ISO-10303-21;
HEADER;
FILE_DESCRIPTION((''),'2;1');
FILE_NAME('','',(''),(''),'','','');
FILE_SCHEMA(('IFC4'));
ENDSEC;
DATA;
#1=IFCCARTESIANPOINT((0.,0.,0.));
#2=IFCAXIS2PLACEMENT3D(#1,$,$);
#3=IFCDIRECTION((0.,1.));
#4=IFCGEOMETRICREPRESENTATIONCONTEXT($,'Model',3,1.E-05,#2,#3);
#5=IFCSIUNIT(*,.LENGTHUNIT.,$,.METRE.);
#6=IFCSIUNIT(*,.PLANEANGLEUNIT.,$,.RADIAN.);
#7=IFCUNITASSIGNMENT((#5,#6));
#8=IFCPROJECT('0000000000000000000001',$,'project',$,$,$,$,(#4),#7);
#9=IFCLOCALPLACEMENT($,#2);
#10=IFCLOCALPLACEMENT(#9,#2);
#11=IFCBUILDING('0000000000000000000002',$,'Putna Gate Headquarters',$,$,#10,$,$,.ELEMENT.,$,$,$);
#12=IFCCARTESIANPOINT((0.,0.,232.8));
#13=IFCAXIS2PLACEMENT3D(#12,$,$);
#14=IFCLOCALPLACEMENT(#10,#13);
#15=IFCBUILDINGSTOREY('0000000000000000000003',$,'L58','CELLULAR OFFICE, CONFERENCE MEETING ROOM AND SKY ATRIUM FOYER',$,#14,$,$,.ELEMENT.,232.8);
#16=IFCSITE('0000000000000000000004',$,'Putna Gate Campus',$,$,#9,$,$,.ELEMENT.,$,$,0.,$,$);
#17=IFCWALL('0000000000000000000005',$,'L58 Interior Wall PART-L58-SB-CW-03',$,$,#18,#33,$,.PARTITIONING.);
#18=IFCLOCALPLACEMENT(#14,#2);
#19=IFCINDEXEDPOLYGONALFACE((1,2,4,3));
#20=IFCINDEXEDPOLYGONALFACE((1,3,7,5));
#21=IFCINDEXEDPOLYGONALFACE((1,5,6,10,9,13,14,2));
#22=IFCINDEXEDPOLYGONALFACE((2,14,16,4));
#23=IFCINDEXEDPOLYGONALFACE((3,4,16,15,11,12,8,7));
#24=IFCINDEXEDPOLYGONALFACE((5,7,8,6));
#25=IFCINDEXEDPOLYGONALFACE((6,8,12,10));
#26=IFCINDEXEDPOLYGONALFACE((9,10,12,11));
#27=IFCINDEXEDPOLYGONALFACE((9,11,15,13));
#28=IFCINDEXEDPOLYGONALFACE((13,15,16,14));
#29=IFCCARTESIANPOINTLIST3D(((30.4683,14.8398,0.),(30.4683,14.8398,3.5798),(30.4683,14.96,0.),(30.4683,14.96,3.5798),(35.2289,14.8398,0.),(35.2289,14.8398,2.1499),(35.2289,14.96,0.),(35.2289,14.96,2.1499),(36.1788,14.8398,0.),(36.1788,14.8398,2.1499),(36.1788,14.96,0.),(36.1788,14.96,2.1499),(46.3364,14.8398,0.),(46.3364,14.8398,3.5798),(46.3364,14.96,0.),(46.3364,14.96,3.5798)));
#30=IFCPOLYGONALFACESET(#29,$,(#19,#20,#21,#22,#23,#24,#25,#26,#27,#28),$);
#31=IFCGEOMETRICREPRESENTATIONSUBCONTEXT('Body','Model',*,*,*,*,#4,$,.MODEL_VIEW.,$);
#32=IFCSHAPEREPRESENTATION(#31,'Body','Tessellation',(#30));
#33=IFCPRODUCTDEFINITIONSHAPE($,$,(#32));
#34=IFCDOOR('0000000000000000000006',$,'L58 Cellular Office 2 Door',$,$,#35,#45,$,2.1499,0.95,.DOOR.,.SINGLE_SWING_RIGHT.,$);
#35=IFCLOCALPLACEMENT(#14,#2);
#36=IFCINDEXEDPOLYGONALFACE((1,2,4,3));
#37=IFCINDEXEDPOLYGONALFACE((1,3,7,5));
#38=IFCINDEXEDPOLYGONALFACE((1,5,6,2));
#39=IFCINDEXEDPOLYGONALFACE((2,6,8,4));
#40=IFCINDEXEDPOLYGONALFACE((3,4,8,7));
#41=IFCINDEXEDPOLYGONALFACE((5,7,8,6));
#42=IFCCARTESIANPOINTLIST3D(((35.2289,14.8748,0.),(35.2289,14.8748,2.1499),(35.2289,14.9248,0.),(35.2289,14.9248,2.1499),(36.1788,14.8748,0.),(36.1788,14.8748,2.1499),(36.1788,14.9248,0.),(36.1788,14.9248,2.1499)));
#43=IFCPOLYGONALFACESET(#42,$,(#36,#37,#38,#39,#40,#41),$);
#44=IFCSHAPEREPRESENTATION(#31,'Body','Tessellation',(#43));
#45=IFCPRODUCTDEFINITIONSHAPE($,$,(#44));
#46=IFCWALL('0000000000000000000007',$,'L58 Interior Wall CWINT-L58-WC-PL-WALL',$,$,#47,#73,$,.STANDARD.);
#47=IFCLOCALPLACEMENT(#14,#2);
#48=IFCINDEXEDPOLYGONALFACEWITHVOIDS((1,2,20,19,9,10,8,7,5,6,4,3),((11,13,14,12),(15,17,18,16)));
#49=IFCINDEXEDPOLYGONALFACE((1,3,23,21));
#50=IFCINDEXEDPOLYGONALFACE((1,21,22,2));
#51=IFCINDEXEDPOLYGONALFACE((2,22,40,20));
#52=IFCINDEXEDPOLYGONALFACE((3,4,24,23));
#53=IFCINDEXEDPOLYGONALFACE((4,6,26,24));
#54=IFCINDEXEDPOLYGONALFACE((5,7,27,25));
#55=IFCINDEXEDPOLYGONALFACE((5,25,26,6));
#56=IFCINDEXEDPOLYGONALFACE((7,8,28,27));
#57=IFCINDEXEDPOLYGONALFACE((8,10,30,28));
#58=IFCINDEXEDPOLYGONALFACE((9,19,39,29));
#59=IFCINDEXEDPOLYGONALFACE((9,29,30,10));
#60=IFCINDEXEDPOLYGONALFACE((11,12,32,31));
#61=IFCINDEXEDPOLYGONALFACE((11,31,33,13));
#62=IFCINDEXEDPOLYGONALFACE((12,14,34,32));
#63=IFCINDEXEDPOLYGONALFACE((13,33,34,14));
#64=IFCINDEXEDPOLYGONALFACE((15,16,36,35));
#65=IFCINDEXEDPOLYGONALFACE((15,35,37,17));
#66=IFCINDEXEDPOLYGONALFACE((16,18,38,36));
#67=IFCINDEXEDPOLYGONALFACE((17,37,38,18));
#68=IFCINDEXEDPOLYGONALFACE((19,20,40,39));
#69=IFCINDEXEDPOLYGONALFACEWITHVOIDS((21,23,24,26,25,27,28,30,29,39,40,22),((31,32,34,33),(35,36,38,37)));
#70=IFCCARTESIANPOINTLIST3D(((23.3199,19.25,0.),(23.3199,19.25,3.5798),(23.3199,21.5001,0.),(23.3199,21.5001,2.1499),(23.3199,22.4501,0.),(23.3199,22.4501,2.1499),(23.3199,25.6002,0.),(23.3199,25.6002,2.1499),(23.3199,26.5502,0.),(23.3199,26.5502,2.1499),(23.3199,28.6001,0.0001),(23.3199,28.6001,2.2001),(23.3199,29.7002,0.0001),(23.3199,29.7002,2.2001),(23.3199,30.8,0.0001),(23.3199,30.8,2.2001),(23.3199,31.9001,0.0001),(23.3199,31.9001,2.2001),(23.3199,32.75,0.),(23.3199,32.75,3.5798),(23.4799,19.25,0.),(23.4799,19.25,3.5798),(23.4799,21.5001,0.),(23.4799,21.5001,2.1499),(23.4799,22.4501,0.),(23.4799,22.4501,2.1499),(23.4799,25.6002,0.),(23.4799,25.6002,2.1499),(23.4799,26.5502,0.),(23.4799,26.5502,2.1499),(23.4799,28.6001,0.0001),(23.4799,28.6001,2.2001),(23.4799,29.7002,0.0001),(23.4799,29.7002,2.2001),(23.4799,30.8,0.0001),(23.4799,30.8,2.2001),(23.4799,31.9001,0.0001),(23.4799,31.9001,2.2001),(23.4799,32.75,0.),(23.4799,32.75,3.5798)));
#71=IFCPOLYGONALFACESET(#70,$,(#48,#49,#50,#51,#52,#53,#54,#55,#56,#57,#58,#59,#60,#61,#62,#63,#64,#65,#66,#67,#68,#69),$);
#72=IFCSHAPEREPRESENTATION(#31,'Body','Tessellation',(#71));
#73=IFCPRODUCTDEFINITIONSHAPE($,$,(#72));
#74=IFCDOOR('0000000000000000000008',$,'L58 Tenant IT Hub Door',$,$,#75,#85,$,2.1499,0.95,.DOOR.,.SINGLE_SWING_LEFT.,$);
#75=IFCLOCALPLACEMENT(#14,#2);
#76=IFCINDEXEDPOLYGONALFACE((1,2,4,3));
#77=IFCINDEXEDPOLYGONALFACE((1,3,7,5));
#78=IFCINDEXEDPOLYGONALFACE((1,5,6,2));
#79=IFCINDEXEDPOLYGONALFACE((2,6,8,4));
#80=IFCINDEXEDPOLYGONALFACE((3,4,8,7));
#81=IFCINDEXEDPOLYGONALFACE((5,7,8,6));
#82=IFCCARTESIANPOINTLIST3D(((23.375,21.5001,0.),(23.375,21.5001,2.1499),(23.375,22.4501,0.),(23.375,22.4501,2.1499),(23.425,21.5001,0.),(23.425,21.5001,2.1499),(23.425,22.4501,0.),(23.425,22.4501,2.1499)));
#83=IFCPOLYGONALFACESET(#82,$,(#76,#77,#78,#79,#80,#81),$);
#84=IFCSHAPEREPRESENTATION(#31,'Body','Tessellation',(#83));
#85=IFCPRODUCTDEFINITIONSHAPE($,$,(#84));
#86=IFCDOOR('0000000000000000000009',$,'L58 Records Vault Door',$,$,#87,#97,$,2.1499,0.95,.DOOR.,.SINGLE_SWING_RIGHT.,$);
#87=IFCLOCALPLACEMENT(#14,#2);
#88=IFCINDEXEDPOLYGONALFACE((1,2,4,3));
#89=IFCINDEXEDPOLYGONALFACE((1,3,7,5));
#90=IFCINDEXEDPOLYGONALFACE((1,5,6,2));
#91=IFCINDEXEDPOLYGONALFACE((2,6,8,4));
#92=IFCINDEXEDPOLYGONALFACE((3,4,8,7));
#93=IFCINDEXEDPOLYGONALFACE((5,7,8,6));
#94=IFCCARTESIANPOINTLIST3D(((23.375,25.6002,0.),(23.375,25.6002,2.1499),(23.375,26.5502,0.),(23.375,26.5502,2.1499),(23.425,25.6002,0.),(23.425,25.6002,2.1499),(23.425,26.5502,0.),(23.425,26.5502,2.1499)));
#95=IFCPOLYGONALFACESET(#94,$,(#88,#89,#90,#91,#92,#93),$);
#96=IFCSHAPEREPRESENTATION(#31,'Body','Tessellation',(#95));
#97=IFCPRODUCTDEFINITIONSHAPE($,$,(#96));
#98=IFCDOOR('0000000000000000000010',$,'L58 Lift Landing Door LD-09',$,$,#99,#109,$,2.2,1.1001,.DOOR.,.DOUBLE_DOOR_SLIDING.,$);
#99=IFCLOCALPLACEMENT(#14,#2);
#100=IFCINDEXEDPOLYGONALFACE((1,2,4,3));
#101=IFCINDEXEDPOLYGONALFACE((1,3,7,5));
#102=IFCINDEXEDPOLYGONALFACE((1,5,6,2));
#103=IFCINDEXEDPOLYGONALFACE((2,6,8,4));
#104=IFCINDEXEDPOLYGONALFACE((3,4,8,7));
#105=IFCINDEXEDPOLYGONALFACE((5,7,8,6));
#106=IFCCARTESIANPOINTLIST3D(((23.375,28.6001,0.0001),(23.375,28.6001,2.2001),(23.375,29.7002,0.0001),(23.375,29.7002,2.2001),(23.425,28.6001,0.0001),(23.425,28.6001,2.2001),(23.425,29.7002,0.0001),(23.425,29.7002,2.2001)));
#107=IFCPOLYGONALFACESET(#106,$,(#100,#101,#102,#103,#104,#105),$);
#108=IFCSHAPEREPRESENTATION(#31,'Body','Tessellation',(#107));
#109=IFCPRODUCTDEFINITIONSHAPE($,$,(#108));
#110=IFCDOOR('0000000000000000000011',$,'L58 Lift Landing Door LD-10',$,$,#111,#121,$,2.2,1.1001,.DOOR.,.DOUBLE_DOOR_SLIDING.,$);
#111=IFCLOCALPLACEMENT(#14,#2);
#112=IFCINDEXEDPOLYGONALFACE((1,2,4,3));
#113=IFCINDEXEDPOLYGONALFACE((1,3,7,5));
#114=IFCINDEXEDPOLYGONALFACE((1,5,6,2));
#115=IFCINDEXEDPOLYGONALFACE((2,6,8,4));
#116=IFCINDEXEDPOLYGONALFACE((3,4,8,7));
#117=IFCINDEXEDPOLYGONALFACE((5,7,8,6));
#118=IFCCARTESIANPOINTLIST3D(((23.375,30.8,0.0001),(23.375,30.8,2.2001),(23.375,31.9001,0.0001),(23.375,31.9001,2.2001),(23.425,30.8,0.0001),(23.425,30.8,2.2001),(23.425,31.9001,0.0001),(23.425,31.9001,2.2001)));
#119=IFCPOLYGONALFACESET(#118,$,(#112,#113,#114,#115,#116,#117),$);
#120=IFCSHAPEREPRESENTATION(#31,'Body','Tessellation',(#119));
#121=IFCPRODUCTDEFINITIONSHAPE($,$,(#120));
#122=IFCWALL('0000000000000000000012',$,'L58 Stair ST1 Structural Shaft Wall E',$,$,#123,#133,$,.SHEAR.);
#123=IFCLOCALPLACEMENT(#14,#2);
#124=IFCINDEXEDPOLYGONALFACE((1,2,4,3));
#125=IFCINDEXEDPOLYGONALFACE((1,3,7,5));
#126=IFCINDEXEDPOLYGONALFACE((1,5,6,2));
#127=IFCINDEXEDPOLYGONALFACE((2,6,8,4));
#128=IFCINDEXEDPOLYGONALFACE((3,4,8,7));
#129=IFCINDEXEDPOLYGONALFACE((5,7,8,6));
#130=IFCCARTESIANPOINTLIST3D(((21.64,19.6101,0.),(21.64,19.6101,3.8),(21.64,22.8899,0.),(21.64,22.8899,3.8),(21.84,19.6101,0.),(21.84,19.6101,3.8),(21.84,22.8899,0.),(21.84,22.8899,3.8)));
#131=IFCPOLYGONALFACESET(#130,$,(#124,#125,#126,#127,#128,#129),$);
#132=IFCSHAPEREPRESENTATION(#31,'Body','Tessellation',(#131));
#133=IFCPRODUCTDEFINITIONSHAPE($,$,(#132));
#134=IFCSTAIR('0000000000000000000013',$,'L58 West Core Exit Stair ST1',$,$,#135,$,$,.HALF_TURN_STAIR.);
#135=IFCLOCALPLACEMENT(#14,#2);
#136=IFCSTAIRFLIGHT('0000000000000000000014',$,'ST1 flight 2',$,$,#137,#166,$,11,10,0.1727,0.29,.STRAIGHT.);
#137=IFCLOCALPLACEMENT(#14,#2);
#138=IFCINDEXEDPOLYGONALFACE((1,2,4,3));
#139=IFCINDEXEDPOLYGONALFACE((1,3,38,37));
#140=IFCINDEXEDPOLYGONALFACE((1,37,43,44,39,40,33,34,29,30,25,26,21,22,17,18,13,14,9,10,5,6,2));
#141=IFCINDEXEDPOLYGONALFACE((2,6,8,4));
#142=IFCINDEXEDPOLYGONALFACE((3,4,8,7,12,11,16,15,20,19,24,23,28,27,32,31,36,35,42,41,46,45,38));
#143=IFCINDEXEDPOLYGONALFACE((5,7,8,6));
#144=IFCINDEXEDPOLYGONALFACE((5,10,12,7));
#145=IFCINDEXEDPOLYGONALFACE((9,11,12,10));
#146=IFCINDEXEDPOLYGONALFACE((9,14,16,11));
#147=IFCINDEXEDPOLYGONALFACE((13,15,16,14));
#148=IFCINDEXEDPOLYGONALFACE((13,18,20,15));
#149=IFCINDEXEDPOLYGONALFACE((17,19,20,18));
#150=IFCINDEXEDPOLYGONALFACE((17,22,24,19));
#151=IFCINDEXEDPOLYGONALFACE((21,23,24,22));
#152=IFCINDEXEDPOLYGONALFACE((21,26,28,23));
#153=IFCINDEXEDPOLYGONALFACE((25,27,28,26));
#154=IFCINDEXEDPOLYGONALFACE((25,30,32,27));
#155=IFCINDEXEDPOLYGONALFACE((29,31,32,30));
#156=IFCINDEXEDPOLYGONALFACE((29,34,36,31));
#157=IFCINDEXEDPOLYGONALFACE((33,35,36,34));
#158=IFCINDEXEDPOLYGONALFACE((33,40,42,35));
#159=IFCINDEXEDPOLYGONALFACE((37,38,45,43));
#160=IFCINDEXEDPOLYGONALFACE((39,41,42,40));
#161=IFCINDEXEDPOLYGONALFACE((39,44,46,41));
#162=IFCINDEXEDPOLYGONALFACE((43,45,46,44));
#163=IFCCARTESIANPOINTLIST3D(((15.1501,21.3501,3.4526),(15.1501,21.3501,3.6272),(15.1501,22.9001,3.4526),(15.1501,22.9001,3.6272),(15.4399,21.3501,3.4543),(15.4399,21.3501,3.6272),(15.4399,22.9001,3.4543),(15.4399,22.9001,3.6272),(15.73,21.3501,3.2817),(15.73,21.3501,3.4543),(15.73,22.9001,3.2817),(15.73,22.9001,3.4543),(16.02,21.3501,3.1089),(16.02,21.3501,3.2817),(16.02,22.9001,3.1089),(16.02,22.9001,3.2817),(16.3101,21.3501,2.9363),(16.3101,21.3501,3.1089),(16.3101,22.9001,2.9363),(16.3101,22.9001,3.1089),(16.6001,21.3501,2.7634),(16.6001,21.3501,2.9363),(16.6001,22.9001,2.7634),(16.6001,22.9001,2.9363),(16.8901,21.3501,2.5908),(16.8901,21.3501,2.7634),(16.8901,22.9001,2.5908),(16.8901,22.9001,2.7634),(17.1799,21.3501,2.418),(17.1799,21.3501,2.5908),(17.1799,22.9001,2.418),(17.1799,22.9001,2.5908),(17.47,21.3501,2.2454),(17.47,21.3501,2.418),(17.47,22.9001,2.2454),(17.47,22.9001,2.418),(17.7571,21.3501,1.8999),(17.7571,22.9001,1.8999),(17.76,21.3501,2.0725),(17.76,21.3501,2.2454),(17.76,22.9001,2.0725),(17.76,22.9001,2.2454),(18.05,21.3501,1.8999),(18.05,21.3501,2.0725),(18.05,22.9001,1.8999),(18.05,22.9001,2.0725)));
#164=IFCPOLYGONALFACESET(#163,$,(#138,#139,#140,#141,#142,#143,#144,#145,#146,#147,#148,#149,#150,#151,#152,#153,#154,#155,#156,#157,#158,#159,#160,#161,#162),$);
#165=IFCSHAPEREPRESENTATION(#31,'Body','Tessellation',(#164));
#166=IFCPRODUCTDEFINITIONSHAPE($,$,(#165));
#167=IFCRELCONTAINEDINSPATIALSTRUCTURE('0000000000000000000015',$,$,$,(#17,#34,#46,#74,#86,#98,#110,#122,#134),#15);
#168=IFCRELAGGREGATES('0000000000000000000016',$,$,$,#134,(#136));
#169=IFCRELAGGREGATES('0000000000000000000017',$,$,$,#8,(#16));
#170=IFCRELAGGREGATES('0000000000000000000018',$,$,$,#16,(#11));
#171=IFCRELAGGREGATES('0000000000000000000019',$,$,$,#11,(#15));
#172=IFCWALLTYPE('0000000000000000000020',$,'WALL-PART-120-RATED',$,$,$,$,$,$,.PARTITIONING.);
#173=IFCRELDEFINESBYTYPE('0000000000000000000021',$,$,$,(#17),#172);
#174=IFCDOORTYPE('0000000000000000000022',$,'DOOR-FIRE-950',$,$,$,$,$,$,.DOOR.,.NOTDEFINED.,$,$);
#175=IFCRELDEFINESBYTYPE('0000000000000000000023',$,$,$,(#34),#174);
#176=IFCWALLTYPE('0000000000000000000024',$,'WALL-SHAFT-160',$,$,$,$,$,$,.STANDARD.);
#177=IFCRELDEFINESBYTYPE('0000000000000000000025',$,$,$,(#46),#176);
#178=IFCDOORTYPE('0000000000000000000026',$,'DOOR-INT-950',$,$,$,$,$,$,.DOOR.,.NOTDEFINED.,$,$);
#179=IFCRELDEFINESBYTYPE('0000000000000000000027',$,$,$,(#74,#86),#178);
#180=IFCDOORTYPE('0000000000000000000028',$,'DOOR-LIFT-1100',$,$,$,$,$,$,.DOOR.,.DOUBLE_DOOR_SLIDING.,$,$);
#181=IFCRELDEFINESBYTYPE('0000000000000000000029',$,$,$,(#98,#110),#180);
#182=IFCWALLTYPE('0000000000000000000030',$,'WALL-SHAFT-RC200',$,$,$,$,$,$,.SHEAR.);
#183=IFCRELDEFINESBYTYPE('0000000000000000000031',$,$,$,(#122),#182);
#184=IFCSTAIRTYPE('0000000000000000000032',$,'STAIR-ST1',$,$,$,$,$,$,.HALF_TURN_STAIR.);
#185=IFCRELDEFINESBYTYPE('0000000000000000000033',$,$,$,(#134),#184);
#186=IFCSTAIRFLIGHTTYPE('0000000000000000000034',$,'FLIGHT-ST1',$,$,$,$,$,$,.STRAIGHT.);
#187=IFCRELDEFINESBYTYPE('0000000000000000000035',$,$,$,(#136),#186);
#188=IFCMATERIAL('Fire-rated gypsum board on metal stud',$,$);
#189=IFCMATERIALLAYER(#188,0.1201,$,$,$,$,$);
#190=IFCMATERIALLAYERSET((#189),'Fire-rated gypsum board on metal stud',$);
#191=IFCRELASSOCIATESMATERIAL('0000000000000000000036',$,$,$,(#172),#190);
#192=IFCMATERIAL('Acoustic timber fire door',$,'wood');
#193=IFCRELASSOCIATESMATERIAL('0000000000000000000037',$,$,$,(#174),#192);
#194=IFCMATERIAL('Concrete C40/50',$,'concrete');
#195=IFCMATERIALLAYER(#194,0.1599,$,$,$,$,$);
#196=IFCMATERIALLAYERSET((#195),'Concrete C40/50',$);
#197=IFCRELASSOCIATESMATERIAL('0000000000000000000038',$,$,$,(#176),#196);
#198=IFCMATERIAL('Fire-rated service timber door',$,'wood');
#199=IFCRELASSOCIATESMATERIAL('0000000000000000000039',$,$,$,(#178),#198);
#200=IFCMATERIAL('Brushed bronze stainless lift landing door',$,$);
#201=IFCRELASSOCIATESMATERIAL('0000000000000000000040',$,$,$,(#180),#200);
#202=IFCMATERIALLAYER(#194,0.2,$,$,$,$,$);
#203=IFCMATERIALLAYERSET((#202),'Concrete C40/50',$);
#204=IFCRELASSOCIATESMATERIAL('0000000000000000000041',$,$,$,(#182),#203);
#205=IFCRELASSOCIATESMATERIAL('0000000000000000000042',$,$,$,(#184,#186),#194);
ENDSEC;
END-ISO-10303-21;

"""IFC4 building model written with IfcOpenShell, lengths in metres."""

from ifc_helpers import new_model, si_unit, direction, frame, frame_2d, origin, place, context, subcontext, project, spatial, polyline, rectangle, outline, extrude, material, layer, layer_set, type_object, element, fill, aggregate, save


model = new_model("IFC4")

# Units and contexts
model_context = context("Model", 3, precision=1e-05, world=origin(), true_north=direction((0.0, 1.0)))
body_context = subcontext(model_context, "Body", "Model", "MODEL_VIEW")
ifc_project = project(units=[si_unit("LENGTHUNIT", "METRE"), si_unit("PLANEANGLEUNIT", "RADIAN")], contexts=[model_context])

# Site, building, storey
site_placement = place(None, origin())
site = spatial("IfcSite", under=ifc_project, at=site_placement, Name="Putna Gate Campus", CompositionType="ELEMENT", RefElevation=0.0)
building_placement = place(site_placement, origin())
building = spatial("IfcBuilding", under=site, at=building_placement, Name="Putna Gate Headquarters", CompositionType="ELEMENT")
storey_placement = place(building_placement, frame((0.0, 0.0, 232.8)))
storey = spatial("IfcBuildingStorey", under=building, at=storey_placement, Name="L58", Description="CELLULAR OFFICE, CONFERENCE MEETING ROOM AND SKY ATRIUM FOYER", CompositionType="ELEMENT", Elevation=232.8)

# Wall, opening, door
ifc_material_1 = material(Name="Fire-rated gypsum board on metal stud")
ifc_layer_1 = layer(ifc_material_1, 0.1201)
ifc_layer_set_1 = layer_set([ifc_layer_1], Name="Fire-rated gypsum board on metal stud")
wall_type_1 = type_object("IfcWallType", Name="WALL-PART-120-RATED", PredefinedType="PARTITIONING", material=ifc_layer_set_1)
ifc_material_2 = material(Name="Acoustic timber fire door", Category="wood")
door_type_1 = type_object("IfcDoorType", Name="DOOR-FIRE-950", OperationType="NOTDEFINED", PredefinedType="DOOR", material=ifc_material_2)
wall_1_placement = place(storey_placement, frame((30.4683, 14.8999, 0.0), z_axis=(0.0, 0.0, 1.0), x_axis=(1.0, 0.0, 0.0)))
wall_1 = element("IfcWall", 1, at=wall_1_placement, inside=storey, type_object=wall_type_1, Name="L58 Interior Wall PART-L58-SB-CW-03", PredefinedType="PARTITIONING", context=body_context, shape_type="SweptSolid", body=[
    extrude(rectangle(XDim=15.8682, YDim=0.1201, at=frame_2d((7.9341, 0.0))), origin(), (0.0, 0.0, 1.0), 3.5798),
])
opening_1_placement = place(wall_1_placement, frame((4.7605, 0.0, 0.0)))
opening_1 = element("IfcOpeningElement", 2, at=opening_1_placement, cuts=wall_1, PredefinedType="OPENING", context=body_context, shape_type="SweptSolid", body=[
    extrude(rectangle(XDim=0.95, YDim=2.1499, at=frame_2d((0.4751, 1.075))), frame((0.0, 0.0701, 0.0), z_axis=(0.0, -1.0, 0.0), x_axis=(1.0, 0.0, 0.0)), (0.0, 0.0, 1.0), 0.1401),
])
door_1_placement = place(opening_1_placement, origin())
door_1 = element("IfcDoor", 3, at=door_1_placement, inside=storey, type_object=door_type_1, Name="L58 Cellular Office 2 Door", OperationType="SINGLE_SWING_RIGHT", OverallHeight=2.1499, OverallWidth=0.95, PredefinedType="DOOR", context=body_context, shape_type="SweptSolid", body=[
    extrude(rectangle(XDim=0.95, YDim=2.1499, at=frame_2d((0.4751, 1.075))), frame((0.0, 0.0249, 0.0), z_axis=(0.0, -1.0, 0.0), x_axis=(1.0, 0.0, 0.0)), (0.0, 0.0, 1.0), 0.05),
])
fill(opening_1, door_1)

# Wall, openings, doors
ifc_material_3 = material(Name="Concrete C40/50", Category="concrete")
ifc_layer_2 = layer(ifc_material_3, 0.1599)
ifc_layer_set_2 = layer_set([ifc_layer_2], Name="Concrete C40/50")
wall_type_2 = type_object("IfcWallType", Name="WALL-SHAFT-160", PredefinedType="STANDARD", material=ifc_layer_set_2)
wall_2_placement = place(storey_placement, frame((23.3999, 19.25, 0.0), z_axis=(0.0, 0.0, 1.0), x_axis=(0.0, 1.0, 0.0)))
wall_2 = element("IfcWall", 4, at=wall_2_placement, inside=storey, type_object=wall_type_2, Name="L58 Interior Wall CWINT-L58-WC-PL-WALL", PredefinedType="STANDARD", context=body_context, shape_type="SweptSolid", body=[
    extrude(rectangle(XDim=13.5, YDim=0.1599, at=frame_2d((6.75, 0.0))), origin(), (0.0, 0.0, 1.0), 3.5798),
])
opening_2_placement = place(wall_2_placement, frame((2.25, 0.0, 0.0)))
opening_2 = element("IfcOpeningElement", 5, at=opening_2_placement, cuts=wall_2, PredefinedType="OPENING", context=body_context, shape_type="SweptSolid", body=[
    extrude(rectangle(XDim=0.95, YDim=2.1499, at=frame_2d((0.4751, 1.075))), frame((0.0, 0.0898, 0.0), z_axis=(0.0, -1.0, 0.0), x_axis=(1.0, 0.0, 0.0)), (0.0, 0.0, 1.0), 0.1799),
])
opening_3_placement = place(wall_2_placement, frame((6.3501, 0.0, 0.0)))
opening_3 = element("IfcOpeningElement", 6, at=opening_3_placement, cuts=wall_2, PredefinedType="OPENING", context=body_context, shape_type="SweptSolid", body=[
    extrude(rectangle(XDim=0.95, YDim=2.1499, at=frame_2d((0.4751, 1.075))), frame((0.0, 0.0898, 0.0), z_axis=(0.0, -1.0, 0.0), x_axis=(1.0, 0.0, 0.0)), (0.0, 0.0, 1.0), 0.1799),
])
opening_4_placement = place(wall_2_placement, frame((9.3501, 0.0, 0.0)))
opening_4 = element("IfcOpeningElement", 7, at=opening_4_placement, cuts=wall_2, PredefinedType="OPENING", context=body_context, shape_type="SweptSolid", body=[
    extrude(rectangle(XDim=1.1001, YDim=2.2, at=frame_2d((0.55, 1.1001))), frame((0.0, 0.0898, 0.0), z_axis=(0.0, -1.0, 0.0), x_axis=(1.0, 0.0, 0.0)), (0.0, 0.0, 1.0), 0.1799),
])
opening_5_placement = place(wall_2_placement, frame((11.55, 0.0, 0.0)))
opening_5 = element("IfcOpeningElement", 8, at=opening_5_placement, cuts=wall_2, PredefinedType="OPENING", context=body_context, shape_type="SweptSolid", body=[
    extrude(rectangle(XDim=1.1001, YDim=2.2, at=frame_2d((0.55, 1.1001))), frame((0.0, 0.0898, 0.0), z_axis=(0.0, -1.0, 0.0), x_axis=(1.0, 0.0, 0.0)), (0.0, 0.0, 1.0), 0.1799),
])
ifc_material_4 = material(Name="Fire-rated service timber door", Category="wood")
door_type_2 = type_object("IfcDoorType", Name="DOOR-INT-950", OperationType="NOTDEFINED", PredefinedType="DOOR", material=ifc_material_4)
door_2_placement = place(opening_2_placement, origin())
door_2 = element("IfcDoor", 9, at=door_2_placement, inside=storey, type_object=door_type_2, Name="L58 Tenant IT Hub Door", OperationType="SINGLE_SWING_LEFT", OverallHeight=2.1499, OverallWidth=0.95, PredefinedType="DOOR", context=body_context, shape_type="SweptSolid", body=[
    extrude(rectangle(XDim=0.95, YDim=2.1499, at=frame_2d((0.4751, 1.075))), frame((0.0, 0.0249, 0.0), z_axis=(0.0, -1.0, 0.0), x_axis=(1.0, 0.0, 0.0)), (0.0, 0.0, 1.0), 0.05),
])
fill(opening_2, door_2)
door_3_placement = place(opening_3_placement, origin())
door_3 = element("IfcDoor", 10, at=door_3_placement, inside=storey, type_object=door_type_2, Name="L58 Records Vault Door", OperationType="SINGLE_SWING_RIGHT", OverallHeight=2.1499, OverallWidth=0.95, PredefinedType="DOOR", context=body_context, shape_type="SweptSolid", body=[
    extrude(rectangle(XDim=0.95, YDim=2.1499, at=frame_2d((0.4751, 1.075))), frame((0.0, 0.0249, 0.0), z_axis=(0.0, -1.0, 0.0), x_axis=(1.0, 0.0, 0.0)), (0.0, 0.0, 1.0), 0.05),
])
fill(opening_3, door_3)
ifc_material_5 = material(Name="Brushed bronze stainless lift landing door")
door_type_3 = type_object("IfcDoorType", Name="DOOR-LIFT-1100", OperationType="DOUBLE_DOOR_SLIDING", PredefinedType="DOOR", material=ifc_material_5)
door_4_placement = place(opening_4_placement, origin())
door_4 = element("IfcDoor", 11, at=door_4_placement, inside=storey, type_object=door_type_3, Name="L58 Lift Landing Door LD-09", OperationType="DOUBLE_DOOR_SLIDING", OverallHeight=2.2, OverallWidth=1.1001, PredefinedType="DOOR", context=body_context, shape_type="SweptSolid", body=[
    extrude(rectangle(XDim=1.1001, YDim=2.2, at=frame_2d((0.55, 1.1001))), frame((0.0, 0.0249, 0.0), z_axis=(0.0, -1.0, 0.0), x_axis=(1.0, 0.0, 0.0)), (0.0, 0.0, 1.0), 0.05),
])
fill(opening_4, door_4)
door_5_placement = place(opening_5_placement, origin())
door_5 = element("IfcDoor", 12, at=door_5_placement, inside=storey, type_object=door_type_3, Name="L58 Lift Landing Door LD-10", OperationType="DOUBLE_DOOR_SLIDING", OverallHeight=2.2, OverallWidth=1.1001, PredefinedType="DOOR", context=body_context, shape_type="SweptSolid", body=[
    extrude(rectangle(XDim=1.1001, YDim=2.2, at=frame_2d((0.55, 1.1001))), frame((0.0, 0.0249, 0.0), z_axis=(0.0, -1.0, 0.0), x_axis=(1.0, 0.0, 0.0)), (0.0, 0.0, 1.0), 0.05),
])
fill(opening_5, door_5)

# Wall
ifc_layer_3 = layer(ifc_material_3, 0.2)
ifc_layer_set_3 = layer_set([ifc_layer_3], Name="Concrete C40/50")
wall_type_3 = type_object("IfcWallType", Name="WALL-SHAFT-RC200", PredefinedType="SHEAR", material=ifc_layer_set_3)
wall_3_placement = place(storey_placement, frame((21.74, 19.6101, 0.0), z_axis=(0.0, 0.0, 1.0), x_axis=(0.0, 1.0, 0.0)))
element("IfcWall", 13, at=wall_3_placement, inside=storey, type_object=wall_type_3, Name="L58 Stair ST1 Structural Shaft Wall E", PredefinedType="SHEAR", context=body_context, shape_type="SweptSolid", body=[
    extrude(rectangle(XDim=3.2798, YDim=0.2, at=frame_2d((1.6399, 0.0))), origin(), (0.0, 0.0, 1.0), 3.8),
])

# Stair, stair flight
stair_type = type_object("IfcStairType", Name="STAIR-ST1", PredefinedType="HALF_TURN_STAIR", material=ifc_material_3)
stair_placement = place(storey_placement, origin())
stair = element("IfcStair", 14, at=stair_placement, inside=storey, type_object=stair_type, Name="L58 West Core Exit Stair ST1", PredefinedType="HALF_TURN_STAIR")
stair_flight_type = type_object("IfcStairFlightType", Name="FLIGHT-ST1", PredefinedType="STRAIGHT", material=ifc_material_3)
stair_flight_placement = place(storey_placement, frame((18.05, 22.125, 1.8999), z_axis=(0.0, 0.0, 1.0), x_axis=(-1.0, 0.0, 0.0)))
stair_flight = element("IfcStairFlight", 15, at=stair_flight_placement, type_object=stair_flight_type, Name="ST1 flight 2", NumberOfRisers=11, NumberOfTreads=10, PredefinedType="STRAIGHT", RiserHeight=0.1727, TreadLength=0.29, context=body_context, shape_type="SweptSolid", body=[
    extrude(outline(polyline([(0.0, 0.0), (0.0, 0.1726), (0.29, 0.1726), (0.29, 0.3455), (0.5801, 0.3455), (0.5801, 0.5181), (0.8701, 0.5181), (0.8701, 0.6909), (1.1599, 0.6909), (1.1599, 0.8635), (1.45, 0.8635), (1.45, 1.0364), (1.74, 1.0364), (1.74, 1.209), (2.03, 1.209), (2.03, 1.3818), (2.3201, 1.3818), (2.3201, 1.5544), (2.6101, 1.5544), (2.6101, 1.7273), (2.8999, 1.7273), (2.8999, 1.8999), (2.8999, 1.5527), (0.293, 0.0), (0.0, 0.0)])), frame((0.0, 0.7749, 0.0), z_axis=(0.0, -1.0, 0.0), x_axis=(1.0, 0.0, 0.0)), (0.0, 0.0, 1.0), 1.55),
])
aggregate(stair, [stair_flight])

save(model, "model.ifc")
